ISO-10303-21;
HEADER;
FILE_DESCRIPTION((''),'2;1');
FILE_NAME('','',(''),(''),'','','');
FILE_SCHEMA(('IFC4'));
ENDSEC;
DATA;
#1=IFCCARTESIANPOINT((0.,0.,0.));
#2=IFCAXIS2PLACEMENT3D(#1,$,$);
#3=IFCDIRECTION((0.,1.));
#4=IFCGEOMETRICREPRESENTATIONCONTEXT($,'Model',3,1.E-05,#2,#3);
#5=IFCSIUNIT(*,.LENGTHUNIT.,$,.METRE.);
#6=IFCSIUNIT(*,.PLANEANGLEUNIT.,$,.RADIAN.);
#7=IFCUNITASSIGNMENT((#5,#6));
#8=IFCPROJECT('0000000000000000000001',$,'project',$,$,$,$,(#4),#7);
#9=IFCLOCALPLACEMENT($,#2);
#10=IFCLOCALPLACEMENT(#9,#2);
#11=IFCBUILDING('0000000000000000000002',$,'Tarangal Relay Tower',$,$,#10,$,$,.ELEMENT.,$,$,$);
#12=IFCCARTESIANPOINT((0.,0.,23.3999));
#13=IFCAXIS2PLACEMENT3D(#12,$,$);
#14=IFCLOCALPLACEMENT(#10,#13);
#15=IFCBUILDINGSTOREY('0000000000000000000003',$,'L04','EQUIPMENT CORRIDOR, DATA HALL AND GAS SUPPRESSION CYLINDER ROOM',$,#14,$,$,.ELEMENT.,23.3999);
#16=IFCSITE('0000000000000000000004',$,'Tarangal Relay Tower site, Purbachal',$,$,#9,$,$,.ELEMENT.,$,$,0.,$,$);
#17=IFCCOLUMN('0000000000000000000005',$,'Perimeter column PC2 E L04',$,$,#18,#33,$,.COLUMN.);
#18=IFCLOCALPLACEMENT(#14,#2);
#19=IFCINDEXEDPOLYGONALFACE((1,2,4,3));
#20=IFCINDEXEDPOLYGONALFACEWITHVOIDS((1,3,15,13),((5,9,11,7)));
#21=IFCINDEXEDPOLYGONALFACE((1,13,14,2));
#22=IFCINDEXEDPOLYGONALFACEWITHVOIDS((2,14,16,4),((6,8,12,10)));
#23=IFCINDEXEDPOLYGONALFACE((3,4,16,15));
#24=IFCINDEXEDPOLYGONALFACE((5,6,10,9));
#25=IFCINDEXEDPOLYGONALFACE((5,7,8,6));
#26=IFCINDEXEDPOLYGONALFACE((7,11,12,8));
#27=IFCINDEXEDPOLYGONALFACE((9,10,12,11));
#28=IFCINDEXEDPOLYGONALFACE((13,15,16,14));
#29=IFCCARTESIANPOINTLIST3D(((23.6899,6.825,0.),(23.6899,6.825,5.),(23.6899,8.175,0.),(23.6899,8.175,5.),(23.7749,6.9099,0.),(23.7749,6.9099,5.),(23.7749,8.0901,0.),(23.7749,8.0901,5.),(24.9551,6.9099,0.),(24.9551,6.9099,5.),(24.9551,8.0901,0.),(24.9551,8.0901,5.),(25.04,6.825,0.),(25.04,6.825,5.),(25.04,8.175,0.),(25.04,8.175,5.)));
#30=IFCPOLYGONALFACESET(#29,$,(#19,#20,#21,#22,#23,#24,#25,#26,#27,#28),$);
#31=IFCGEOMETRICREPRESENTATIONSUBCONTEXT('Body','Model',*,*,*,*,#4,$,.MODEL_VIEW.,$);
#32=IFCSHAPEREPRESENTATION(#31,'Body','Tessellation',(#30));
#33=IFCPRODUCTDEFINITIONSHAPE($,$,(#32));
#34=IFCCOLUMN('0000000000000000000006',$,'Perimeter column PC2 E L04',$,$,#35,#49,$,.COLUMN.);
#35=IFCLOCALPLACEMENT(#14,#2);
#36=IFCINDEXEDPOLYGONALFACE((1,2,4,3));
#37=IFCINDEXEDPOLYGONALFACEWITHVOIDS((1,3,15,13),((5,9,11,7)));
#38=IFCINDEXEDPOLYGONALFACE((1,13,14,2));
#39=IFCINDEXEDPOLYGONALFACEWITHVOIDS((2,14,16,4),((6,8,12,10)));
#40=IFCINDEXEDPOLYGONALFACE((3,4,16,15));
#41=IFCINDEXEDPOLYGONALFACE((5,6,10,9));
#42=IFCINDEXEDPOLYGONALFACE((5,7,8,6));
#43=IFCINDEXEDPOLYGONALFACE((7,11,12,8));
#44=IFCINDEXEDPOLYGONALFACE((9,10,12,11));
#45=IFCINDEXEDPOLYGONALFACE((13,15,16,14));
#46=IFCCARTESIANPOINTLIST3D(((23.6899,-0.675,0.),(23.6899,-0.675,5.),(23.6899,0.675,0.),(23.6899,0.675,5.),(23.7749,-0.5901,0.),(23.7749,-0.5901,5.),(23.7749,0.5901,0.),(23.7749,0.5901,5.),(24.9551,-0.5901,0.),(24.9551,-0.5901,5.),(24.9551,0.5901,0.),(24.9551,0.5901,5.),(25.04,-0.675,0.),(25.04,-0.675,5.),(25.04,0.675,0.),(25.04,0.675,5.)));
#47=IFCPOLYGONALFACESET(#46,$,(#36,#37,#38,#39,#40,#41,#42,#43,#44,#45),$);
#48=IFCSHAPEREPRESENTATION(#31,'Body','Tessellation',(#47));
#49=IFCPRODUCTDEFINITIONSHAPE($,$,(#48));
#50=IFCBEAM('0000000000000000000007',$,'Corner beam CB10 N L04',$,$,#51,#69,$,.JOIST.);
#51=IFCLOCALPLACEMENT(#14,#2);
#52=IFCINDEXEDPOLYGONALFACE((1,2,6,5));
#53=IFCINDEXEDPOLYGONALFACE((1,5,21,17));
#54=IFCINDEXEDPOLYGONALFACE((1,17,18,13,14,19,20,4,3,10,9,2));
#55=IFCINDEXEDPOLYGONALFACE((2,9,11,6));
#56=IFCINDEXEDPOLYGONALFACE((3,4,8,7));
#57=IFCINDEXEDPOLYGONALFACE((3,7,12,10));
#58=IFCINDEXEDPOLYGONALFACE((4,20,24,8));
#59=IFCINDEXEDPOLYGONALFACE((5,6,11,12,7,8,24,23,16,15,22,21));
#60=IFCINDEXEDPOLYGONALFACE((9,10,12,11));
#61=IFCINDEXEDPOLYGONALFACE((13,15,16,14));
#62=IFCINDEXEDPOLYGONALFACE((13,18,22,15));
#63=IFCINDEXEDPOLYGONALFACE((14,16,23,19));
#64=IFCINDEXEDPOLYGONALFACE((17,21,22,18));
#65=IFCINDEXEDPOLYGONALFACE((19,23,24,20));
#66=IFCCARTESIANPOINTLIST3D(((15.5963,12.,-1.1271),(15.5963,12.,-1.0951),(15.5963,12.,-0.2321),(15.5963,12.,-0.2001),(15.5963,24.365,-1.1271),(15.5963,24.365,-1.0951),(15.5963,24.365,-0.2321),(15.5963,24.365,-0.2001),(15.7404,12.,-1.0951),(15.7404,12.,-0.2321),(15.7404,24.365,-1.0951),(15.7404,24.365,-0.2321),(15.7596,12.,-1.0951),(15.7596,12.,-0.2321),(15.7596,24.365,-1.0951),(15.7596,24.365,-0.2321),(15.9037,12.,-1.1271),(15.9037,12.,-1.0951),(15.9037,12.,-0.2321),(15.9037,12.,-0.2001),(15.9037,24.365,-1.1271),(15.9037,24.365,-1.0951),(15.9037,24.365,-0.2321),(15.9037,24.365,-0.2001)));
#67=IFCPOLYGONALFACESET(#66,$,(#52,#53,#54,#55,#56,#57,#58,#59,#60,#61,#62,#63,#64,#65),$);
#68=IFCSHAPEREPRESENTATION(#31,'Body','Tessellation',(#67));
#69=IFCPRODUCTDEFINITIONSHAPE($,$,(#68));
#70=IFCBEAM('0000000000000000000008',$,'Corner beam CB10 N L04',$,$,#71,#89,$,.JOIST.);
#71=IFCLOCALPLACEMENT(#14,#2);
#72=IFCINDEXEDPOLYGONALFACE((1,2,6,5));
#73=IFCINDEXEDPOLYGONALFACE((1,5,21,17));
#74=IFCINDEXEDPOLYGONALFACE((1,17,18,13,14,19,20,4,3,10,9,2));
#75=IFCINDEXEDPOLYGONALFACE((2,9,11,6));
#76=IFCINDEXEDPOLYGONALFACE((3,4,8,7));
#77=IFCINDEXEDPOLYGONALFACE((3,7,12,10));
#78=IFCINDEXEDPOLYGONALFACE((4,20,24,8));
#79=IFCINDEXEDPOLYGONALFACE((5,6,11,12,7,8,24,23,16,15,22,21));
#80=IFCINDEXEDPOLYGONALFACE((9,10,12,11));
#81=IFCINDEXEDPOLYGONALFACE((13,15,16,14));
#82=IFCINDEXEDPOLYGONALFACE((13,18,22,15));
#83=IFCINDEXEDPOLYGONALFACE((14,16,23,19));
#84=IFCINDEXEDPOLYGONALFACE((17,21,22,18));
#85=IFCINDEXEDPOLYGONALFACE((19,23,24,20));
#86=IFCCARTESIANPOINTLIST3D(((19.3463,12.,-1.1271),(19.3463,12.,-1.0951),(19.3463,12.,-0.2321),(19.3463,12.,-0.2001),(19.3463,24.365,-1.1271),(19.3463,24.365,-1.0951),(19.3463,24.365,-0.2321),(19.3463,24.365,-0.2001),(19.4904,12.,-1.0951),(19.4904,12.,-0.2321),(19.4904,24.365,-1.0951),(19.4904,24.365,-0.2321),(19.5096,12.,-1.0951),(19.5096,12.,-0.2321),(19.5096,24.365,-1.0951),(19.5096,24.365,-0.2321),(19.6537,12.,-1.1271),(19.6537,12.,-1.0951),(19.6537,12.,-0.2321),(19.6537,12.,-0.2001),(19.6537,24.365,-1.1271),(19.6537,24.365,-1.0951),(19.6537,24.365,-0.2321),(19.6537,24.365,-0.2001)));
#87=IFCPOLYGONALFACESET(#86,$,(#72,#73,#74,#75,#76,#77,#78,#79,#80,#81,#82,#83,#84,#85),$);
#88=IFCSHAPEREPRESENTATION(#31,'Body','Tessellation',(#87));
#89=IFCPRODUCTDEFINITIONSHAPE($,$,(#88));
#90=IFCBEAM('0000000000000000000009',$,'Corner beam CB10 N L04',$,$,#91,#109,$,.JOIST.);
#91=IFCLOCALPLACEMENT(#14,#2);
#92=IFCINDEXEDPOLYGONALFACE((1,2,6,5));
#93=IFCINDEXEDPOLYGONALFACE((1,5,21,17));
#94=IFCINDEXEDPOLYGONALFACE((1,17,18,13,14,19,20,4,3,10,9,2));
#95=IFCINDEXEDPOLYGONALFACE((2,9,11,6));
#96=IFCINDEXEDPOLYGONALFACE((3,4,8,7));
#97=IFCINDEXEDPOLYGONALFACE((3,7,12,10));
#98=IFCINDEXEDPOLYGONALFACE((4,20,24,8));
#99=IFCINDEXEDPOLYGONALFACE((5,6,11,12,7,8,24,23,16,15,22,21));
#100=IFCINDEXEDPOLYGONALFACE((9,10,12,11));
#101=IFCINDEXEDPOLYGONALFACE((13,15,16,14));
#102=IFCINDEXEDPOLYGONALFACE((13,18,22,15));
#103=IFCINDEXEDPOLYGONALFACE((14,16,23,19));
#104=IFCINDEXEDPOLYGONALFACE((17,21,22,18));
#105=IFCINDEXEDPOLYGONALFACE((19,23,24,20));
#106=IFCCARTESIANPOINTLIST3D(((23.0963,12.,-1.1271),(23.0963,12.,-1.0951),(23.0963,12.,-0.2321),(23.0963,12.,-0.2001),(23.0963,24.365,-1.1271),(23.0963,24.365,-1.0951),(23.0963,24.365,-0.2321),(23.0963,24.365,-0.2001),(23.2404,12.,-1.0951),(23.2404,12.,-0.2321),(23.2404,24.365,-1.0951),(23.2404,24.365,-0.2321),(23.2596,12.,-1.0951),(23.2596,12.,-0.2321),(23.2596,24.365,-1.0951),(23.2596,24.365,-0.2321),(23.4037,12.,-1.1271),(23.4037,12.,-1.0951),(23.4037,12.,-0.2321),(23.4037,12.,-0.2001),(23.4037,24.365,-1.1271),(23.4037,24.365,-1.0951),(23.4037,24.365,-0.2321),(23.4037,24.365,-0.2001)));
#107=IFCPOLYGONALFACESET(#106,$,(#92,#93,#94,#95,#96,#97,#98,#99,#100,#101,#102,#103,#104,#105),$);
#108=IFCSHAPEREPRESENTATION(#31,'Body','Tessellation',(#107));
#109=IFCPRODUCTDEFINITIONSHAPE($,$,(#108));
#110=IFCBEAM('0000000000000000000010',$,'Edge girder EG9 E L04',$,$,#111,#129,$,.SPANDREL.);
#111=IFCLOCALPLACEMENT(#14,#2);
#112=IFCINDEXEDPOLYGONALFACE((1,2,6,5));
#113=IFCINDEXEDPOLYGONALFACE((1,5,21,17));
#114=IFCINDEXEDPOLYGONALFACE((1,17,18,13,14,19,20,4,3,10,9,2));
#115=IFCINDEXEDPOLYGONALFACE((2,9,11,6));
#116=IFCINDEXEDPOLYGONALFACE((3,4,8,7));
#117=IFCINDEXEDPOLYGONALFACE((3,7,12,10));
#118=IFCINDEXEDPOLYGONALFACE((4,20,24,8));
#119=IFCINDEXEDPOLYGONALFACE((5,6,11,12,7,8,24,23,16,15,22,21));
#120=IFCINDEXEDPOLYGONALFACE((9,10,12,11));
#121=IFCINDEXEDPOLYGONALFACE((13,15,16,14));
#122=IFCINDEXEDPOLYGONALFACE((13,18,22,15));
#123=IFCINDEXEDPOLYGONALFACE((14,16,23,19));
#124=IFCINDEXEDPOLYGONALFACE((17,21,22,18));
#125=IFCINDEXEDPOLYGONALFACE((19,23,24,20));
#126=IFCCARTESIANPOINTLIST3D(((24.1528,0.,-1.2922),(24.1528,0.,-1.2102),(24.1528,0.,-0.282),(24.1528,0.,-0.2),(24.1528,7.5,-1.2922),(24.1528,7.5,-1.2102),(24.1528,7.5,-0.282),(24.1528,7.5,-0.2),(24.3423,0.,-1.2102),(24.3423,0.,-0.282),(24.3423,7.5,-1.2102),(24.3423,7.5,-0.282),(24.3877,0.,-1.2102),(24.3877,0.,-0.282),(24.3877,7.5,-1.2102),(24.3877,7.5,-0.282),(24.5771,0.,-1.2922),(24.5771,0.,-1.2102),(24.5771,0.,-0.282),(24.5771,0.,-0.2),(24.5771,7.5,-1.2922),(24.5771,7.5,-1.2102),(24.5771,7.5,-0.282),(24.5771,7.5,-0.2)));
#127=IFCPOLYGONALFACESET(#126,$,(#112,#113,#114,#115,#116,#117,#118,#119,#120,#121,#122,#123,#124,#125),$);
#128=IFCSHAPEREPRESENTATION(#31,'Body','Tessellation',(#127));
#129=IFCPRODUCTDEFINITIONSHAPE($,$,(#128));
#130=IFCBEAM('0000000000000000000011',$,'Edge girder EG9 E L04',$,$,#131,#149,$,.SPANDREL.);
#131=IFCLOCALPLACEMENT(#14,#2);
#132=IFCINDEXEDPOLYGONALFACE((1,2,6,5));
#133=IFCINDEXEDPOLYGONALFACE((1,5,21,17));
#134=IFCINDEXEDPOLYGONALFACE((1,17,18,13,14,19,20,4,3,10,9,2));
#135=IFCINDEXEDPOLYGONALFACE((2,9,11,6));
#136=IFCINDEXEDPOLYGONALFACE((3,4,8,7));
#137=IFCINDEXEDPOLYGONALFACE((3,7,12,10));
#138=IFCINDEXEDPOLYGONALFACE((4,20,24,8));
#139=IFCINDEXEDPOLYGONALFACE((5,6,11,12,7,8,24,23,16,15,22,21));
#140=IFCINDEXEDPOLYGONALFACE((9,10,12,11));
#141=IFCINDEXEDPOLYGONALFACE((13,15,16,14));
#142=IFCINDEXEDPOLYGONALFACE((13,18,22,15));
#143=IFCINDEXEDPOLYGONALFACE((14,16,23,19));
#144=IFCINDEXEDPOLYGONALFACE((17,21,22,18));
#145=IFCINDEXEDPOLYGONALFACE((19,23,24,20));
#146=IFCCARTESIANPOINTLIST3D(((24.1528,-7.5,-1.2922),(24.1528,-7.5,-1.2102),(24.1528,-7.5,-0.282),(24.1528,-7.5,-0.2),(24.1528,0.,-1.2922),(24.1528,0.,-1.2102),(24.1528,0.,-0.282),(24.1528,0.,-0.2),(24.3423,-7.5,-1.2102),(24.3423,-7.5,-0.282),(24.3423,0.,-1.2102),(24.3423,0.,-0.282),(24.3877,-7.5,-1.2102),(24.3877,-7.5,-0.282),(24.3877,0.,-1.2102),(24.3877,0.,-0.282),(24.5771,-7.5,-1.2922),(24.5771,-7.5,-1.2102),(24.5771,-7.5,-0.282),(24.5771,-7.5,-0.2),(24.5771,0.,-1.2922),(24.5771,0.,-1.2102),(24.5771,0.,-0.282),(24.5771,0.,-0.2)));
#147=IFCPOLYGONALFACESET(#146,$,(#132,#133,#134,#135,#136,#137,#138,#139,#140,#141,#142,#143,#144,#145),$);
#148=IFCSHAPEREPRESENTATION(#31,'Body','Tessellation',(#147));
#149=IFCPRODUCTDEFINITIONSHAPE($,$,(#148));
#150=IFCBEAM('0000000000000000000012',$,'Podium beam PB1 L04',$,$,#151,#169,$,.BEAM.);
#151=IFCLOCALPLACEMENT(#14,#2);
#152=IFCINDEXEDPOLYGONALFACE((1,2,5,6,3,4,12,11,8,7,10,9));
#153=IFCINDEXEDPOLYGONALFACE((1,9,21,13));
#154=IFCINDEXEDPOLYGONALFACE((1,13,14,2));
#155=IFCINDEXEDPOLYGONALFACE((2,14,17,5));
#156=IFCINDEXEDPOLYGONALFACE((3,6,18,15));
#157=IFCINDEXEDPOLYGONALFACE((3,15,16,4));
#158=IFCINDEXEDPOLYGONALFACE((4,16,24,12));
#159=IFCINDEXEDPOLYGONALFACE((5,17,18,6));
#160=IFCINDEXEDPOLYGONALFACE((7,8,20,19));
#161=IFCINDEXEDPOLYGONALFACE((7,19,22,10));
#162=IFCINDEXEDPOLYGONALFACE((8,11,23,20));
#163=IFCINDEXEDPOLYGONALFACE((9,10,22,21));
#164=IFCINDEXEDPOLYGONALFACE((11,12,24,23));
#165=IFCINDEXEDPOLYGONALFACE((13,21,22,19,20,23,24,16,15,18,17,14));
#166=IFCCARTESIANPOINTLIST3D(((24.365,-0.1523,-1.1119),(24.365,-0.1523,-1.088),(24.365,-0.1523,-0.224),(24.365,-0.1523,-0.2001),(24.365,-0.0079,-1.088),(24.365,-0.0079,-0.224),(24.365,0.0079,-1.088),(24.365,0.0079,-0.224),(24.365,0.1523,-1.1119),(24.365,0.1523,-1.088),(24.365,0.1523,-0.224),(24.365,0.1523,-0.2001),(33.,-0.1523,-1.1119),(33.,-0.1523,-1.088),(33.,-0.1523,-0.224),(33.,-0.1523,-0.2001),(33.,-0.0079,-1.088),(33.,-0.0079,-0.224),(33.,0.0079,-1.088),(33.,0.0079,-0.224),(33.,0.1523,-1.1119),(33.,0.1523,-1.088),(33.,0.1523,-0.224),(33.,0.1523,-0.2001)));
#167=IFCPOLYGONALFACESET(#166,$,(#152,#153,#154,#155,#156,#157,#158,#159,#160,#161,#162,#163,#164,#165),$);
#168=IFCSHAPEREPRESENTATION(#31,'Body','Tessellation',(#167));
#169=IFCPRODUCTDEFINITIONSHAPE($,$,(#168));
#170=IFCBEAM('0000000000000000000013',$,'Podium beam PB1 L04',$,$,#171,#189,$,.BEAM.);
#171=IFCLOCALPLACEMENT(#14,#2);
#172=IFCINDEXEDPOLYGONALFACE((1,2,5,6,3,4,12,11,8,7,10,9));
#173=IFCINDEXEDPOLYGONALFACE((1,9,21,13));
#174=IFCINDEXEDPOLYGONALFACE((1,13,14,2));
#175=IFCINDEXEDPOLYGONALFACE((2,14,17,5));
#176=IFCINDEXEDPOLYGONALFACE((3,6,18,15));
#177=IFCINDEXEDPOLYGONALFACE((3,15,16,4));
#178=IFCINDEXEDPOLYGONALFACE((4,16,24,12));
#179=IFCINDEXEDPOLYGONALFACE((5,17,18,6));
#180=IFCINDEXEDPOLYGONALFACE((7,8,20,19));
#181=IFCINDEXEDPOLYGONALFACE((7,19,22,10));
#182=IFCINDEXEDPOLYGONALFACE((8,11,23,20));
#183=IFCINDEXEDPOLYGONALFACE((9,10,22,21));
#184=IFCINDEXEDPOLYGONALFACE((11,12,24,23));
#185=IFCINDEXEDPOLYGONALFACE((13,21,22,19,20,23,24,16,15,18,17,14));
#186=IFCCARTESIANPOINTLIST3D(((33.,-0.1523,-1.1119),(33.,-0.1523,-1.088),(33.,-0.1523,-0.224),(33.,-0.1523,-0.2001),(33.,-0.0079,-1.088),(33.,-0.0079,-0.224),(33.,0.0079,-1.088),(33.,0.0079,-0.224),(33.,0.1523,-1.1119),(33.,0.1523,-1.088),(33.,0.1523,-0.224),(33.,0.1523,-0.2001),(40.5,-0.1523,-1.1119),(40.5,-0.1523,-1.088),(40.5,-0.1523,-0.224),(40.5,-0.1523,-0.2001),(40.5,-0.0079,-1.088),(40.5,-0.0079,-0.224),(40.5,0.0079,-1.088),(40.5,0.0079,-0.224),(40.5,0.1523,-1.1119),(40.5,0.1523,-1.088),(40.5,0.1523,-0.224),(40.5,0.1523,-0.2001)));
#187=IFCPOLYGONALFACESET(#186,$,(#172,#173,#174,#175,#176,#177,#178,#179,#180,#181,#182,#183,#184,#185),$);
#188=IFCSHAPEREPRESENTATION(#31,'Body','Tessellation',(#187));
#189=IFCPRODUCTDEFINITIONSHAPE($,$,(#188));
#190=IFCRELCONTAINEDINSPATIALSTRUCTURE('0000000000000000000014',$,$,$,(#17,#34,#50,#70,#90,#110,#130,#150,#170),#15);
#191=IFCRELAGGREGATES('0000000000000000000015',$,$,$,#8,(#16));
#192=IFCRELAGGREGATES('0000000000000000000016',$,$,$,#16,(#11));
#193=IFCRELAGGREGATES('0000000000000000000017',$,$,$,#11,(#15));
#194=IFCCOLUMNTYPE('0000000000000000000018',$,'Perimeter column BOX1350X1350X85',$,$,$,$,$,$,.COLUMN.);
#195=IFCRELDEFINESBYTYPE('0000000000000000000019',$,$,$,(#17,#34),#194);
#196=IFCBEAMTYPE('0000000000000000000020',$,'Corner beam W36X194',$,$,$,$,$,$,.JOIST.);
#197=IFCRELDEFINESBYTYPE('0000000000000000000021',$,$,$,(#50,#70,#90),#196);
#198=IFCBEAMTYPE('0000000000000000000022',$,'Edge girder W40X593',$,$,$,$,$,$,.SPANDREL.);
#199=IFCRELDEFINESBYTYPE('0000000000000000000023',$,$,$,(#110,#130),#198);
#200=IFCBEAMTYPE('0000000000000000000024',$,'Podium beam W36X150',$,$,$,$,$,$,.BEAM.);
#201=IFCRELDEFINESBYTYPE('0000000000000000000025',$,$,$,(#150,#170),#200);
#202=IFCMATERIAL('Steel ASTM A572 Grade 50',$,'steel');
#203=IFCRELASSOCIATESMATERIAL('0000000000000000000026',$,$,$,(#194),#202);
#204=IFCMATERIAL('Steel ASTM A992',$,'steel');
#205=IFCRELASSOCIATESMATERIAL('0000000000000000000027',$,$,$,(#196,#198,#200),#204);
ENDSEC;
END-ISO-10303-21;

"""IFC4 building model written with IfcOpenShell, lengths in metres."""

from ifc_helpers import new_model, si_unit, direction, frame, origin, origin_2d, place, context, subcontext, project, spatial, hollow_rectangle, i_section, extrude, material, material_profile, profile_set, type_object, element, save


model = new_model("IFC4")

# Units and contexts
model_context = context("Model", 3, precision=1e-05, world=origin(), true_north=direction((0.0, 1.0)))
body_context = subcontext(model_context, "Body", "Model", "MODEL_VIEW")
ifc_project = project(units=[si_unit("LENGTHUNIT", "METRE"), si_unit("PLANEANGLEUNIT", "RADIAN")], contexts=[model_context])

# Site, building, storey
site_placement = place(None, origin())
site = spatial("IfcSite", under=ifc_project, at=site_placement, Name="Tarangal Relay Tower site, Purbachal", CompositionType="ELEMENT", RefElevation=0.0)
building_placement = place(site_placement, origin())
building = spatial("IfcBuilding", under=site, at=building_placement, Name="Tarangal Relay Tower", CompositionType="ELEMENT")
storey_placement = place(building_placement, frame((0.0, 0.0, 23.3999)))
storey = spatial("IfcBuildingStorey", under=building, at=storey_placement, Name="L04", Description="EQUIPMENT CORRIDOR, DATA HALL AND GAS SUPPRESSION CYLINDER ROOM", CompositionType="ELEMENT", Elevation=23.3999)

# Columns
ifc_material_1 = material(Name="Steel ASTM A572 Grade 50", Category="steel")
ifc_material_profile_1 = material_profile(ifc_material_1, hollow_rectangle(XDim=1.3501, YDim=1.3501, WallThickness=0.085, at=origin_2d()), Name="BOX1350X1350X85")
ifc_profile_set_1 = profile_set([ifc_material_profile_1], Name="Steel ASTM A572 Grade 50")
column_type = type_object("IfcColumnType", Name="Perimeter column BOX1350X1350X85", PredefinedType="COLUMN", material=ifc_profile_set_1)
for number, where, z_axis, x_axis, name in (
    (1, (24.365, 7.5, 0.0), (0.0, 0.0, 1.0), (1.0, 0.0, 0.0), "Perimeter column PC2 E L04"),
    (2, (24.365, 0.0, 0.0), (0.0, 0.0, 1.0), (1.0, 0.0, 0.0), "Perimeter column PC2 E L04"),
):
    element("IfcColumn", number, at=place(storey_placement, frame(where, z_axis=z_axis, x_axis=x_axis)), inside=storey, type_object=column_type, Name=name, PredefinedType="COLUMN", context=body_context, shape_type="SweptSolid", body=[
        extrude(hollow_rectangle(XDim=1.3501, YDim=1.3501, WallThickness=0.085, at=origin_2d()), origin(), (0.0, 0.0, 1.0), 5.0),
    ])

# Beams
ifc_material_2 = material(Name="Steel ASTM A992", Category="steel")
ifc_material_profile_2 = material_profile(ifc_material_2, i_section(OverallWidth=0.3074, OverallDepth=0.927, WebThickness=0.0193, FlangeThickness=0.032, at=origin_2d()), Name="W36X194")
ifc_profile_set_2 = profile_set([ifc_material_profile_2], Name="Steel ASTM A992")
beam_type_1 = type_object("IfcBeamType", Name="Corner beam W36X194", PredefinedType="JOIST", material=ifc_profile_set_2)
for number, where, z_axis, x_axis, name in (
    (3, (15.75, 12.0, -0.6636), (0.0, 1.0, 0.0), (-1.0, 0.0, 0.0), "Corner beam CB10 N L04"),
    (4, (19.5, 12.0, -0.6636), (0.0, 1.0, 0.0), (-1.0, 0.0, 0.0), "Corner beam CB10 N L04"),
    (5, (23.25, 12.0, -0.6636), (0.0, 1.0, 0.0), (-1.0, 0.0, 0.0), "Corner beam CB10 N L04"),
):
    element("IfcBeam", number, at=place(storey_placement, frame(where, z_axis=z_axis, x_axis=x_axis)), inside=storey, type_object=beam_type_1, Name=name, PredefinedType="JOIST", context=body_context, shape_type="SweptSolid", body=[
        extrude(i_section(OverallWidth=0.3074, OverallDepth=0.927, WebThickness=0.0193, FlangeThickness=0.032, at=origin_2d()), origin(), (0.0, 0.0, 1.0), 12.365),
    ])
ifc_material_profile_3 = material_profile(ifc_material_2, i_section(OverallWidth=0.4243, OverallDepth=1.0923, WebThickness=0.0454, FlangeThickness=0.082, at=origin_2d()), Name="W40X593")
ifc_profile_set_3 = profile_set([ifc_material_profile_3], Name="Steel ASTM A992")
beam_type_2 = type_object("IfcBeamType", Name="Edge girder W40X593", PredefinedType="SPANDREL", material=ifc_profile_set_3)
for number, where, z_axis, x_axis, name in (
    (6, (24.365, 7.5, -0.7461), (0.0, -1.0, 0.0), (1.0, 0.0, 0.0), "Edge girder EG9 E L04"),
    (7, (24.365, 0.0, -0.7461), (0.0, -1.0, 0.0), (1.0, 0.0, 0.0), "Edge girder EG9 E L04"),
):
    element("IfcBeam", number, at=place(storey_placement, frame(where, z_axis=z_axis, x_axis=x_axis)), inside=storey, type_object=beam_type_2, Name=name, PredefinedType="SPANDREL", context=body_context, shape_type="SweptSolid", body=[
        extrude(i_section(OverallWidth=0.4243, OverallDepth=1.0923, WebThickness=0.0454, FlangeThickness=0.082, at=origin_2d()), origin(), (0.0, 0.0, 1.0), 7.5),
    ])
ifc_material_profile_4 = material_profile(ifc_material_2, i_section(OverallWidth=0.3047, OverallDepth=0.9119, WebThickness=0.0159, FlangeThickness=0.0239, at=origin_2d()), Name="W36X150")
ifc_profile_set_4 = profile_set([ifc_material_profile_4], Name="Steel ASTM A992")
beam_type_3 = type_object("IfcBeamType", Name="Podium beam W36X150", PredefinedType="BEAM", material=ifc_profile_set_4)
beam_1_placement = place(storey_placement, frame((24.365, 0.0, -0.656), z_axis=(1.0, 0.0, 0.0), x_axis=(0.0, 1.0, 0.0)))
element("IfcBeam", 8, at=beam_1_placement, inside=storey, type_object=beam_type_3, Name="Podium beam PB1 L04", PredefinedType="BEAM", context=body_context, shape_type="SweptSolid", body=[
    extrude(i_section(OverallWidth=0.3047, OverallDepth=0.9119, WebThickness=0.0159, FlangeThickness=0.0239, at=origin_2d()), origin(), (0.0, 0.0, 1.0), 8.635),
])
beam_2_placement = place(storey_placement, frame((33.0, 0.0, -0.656), z_axis=(1.0, 0.0, 0.0), x_axis=(0.0, 1.0, 0.0)))
element("IfcBeam", 9, at=beam_2_placement, inside=storey, type_object=beam_type_3, Name="Podium beam PB1 L04", PredefinedType="BEAM", context=body_context, shape_type="SweptSolid", body=[
    extrude(i_section(OverallWidth=0.3047, OverallDepth=0.9119, WebThickness=0.0159, FlangeThickness=0.0239, at=origin_2d()), origin(), (0.0, 0.0, 1.0), 7.5),
])

save(model, "model.ifc")
